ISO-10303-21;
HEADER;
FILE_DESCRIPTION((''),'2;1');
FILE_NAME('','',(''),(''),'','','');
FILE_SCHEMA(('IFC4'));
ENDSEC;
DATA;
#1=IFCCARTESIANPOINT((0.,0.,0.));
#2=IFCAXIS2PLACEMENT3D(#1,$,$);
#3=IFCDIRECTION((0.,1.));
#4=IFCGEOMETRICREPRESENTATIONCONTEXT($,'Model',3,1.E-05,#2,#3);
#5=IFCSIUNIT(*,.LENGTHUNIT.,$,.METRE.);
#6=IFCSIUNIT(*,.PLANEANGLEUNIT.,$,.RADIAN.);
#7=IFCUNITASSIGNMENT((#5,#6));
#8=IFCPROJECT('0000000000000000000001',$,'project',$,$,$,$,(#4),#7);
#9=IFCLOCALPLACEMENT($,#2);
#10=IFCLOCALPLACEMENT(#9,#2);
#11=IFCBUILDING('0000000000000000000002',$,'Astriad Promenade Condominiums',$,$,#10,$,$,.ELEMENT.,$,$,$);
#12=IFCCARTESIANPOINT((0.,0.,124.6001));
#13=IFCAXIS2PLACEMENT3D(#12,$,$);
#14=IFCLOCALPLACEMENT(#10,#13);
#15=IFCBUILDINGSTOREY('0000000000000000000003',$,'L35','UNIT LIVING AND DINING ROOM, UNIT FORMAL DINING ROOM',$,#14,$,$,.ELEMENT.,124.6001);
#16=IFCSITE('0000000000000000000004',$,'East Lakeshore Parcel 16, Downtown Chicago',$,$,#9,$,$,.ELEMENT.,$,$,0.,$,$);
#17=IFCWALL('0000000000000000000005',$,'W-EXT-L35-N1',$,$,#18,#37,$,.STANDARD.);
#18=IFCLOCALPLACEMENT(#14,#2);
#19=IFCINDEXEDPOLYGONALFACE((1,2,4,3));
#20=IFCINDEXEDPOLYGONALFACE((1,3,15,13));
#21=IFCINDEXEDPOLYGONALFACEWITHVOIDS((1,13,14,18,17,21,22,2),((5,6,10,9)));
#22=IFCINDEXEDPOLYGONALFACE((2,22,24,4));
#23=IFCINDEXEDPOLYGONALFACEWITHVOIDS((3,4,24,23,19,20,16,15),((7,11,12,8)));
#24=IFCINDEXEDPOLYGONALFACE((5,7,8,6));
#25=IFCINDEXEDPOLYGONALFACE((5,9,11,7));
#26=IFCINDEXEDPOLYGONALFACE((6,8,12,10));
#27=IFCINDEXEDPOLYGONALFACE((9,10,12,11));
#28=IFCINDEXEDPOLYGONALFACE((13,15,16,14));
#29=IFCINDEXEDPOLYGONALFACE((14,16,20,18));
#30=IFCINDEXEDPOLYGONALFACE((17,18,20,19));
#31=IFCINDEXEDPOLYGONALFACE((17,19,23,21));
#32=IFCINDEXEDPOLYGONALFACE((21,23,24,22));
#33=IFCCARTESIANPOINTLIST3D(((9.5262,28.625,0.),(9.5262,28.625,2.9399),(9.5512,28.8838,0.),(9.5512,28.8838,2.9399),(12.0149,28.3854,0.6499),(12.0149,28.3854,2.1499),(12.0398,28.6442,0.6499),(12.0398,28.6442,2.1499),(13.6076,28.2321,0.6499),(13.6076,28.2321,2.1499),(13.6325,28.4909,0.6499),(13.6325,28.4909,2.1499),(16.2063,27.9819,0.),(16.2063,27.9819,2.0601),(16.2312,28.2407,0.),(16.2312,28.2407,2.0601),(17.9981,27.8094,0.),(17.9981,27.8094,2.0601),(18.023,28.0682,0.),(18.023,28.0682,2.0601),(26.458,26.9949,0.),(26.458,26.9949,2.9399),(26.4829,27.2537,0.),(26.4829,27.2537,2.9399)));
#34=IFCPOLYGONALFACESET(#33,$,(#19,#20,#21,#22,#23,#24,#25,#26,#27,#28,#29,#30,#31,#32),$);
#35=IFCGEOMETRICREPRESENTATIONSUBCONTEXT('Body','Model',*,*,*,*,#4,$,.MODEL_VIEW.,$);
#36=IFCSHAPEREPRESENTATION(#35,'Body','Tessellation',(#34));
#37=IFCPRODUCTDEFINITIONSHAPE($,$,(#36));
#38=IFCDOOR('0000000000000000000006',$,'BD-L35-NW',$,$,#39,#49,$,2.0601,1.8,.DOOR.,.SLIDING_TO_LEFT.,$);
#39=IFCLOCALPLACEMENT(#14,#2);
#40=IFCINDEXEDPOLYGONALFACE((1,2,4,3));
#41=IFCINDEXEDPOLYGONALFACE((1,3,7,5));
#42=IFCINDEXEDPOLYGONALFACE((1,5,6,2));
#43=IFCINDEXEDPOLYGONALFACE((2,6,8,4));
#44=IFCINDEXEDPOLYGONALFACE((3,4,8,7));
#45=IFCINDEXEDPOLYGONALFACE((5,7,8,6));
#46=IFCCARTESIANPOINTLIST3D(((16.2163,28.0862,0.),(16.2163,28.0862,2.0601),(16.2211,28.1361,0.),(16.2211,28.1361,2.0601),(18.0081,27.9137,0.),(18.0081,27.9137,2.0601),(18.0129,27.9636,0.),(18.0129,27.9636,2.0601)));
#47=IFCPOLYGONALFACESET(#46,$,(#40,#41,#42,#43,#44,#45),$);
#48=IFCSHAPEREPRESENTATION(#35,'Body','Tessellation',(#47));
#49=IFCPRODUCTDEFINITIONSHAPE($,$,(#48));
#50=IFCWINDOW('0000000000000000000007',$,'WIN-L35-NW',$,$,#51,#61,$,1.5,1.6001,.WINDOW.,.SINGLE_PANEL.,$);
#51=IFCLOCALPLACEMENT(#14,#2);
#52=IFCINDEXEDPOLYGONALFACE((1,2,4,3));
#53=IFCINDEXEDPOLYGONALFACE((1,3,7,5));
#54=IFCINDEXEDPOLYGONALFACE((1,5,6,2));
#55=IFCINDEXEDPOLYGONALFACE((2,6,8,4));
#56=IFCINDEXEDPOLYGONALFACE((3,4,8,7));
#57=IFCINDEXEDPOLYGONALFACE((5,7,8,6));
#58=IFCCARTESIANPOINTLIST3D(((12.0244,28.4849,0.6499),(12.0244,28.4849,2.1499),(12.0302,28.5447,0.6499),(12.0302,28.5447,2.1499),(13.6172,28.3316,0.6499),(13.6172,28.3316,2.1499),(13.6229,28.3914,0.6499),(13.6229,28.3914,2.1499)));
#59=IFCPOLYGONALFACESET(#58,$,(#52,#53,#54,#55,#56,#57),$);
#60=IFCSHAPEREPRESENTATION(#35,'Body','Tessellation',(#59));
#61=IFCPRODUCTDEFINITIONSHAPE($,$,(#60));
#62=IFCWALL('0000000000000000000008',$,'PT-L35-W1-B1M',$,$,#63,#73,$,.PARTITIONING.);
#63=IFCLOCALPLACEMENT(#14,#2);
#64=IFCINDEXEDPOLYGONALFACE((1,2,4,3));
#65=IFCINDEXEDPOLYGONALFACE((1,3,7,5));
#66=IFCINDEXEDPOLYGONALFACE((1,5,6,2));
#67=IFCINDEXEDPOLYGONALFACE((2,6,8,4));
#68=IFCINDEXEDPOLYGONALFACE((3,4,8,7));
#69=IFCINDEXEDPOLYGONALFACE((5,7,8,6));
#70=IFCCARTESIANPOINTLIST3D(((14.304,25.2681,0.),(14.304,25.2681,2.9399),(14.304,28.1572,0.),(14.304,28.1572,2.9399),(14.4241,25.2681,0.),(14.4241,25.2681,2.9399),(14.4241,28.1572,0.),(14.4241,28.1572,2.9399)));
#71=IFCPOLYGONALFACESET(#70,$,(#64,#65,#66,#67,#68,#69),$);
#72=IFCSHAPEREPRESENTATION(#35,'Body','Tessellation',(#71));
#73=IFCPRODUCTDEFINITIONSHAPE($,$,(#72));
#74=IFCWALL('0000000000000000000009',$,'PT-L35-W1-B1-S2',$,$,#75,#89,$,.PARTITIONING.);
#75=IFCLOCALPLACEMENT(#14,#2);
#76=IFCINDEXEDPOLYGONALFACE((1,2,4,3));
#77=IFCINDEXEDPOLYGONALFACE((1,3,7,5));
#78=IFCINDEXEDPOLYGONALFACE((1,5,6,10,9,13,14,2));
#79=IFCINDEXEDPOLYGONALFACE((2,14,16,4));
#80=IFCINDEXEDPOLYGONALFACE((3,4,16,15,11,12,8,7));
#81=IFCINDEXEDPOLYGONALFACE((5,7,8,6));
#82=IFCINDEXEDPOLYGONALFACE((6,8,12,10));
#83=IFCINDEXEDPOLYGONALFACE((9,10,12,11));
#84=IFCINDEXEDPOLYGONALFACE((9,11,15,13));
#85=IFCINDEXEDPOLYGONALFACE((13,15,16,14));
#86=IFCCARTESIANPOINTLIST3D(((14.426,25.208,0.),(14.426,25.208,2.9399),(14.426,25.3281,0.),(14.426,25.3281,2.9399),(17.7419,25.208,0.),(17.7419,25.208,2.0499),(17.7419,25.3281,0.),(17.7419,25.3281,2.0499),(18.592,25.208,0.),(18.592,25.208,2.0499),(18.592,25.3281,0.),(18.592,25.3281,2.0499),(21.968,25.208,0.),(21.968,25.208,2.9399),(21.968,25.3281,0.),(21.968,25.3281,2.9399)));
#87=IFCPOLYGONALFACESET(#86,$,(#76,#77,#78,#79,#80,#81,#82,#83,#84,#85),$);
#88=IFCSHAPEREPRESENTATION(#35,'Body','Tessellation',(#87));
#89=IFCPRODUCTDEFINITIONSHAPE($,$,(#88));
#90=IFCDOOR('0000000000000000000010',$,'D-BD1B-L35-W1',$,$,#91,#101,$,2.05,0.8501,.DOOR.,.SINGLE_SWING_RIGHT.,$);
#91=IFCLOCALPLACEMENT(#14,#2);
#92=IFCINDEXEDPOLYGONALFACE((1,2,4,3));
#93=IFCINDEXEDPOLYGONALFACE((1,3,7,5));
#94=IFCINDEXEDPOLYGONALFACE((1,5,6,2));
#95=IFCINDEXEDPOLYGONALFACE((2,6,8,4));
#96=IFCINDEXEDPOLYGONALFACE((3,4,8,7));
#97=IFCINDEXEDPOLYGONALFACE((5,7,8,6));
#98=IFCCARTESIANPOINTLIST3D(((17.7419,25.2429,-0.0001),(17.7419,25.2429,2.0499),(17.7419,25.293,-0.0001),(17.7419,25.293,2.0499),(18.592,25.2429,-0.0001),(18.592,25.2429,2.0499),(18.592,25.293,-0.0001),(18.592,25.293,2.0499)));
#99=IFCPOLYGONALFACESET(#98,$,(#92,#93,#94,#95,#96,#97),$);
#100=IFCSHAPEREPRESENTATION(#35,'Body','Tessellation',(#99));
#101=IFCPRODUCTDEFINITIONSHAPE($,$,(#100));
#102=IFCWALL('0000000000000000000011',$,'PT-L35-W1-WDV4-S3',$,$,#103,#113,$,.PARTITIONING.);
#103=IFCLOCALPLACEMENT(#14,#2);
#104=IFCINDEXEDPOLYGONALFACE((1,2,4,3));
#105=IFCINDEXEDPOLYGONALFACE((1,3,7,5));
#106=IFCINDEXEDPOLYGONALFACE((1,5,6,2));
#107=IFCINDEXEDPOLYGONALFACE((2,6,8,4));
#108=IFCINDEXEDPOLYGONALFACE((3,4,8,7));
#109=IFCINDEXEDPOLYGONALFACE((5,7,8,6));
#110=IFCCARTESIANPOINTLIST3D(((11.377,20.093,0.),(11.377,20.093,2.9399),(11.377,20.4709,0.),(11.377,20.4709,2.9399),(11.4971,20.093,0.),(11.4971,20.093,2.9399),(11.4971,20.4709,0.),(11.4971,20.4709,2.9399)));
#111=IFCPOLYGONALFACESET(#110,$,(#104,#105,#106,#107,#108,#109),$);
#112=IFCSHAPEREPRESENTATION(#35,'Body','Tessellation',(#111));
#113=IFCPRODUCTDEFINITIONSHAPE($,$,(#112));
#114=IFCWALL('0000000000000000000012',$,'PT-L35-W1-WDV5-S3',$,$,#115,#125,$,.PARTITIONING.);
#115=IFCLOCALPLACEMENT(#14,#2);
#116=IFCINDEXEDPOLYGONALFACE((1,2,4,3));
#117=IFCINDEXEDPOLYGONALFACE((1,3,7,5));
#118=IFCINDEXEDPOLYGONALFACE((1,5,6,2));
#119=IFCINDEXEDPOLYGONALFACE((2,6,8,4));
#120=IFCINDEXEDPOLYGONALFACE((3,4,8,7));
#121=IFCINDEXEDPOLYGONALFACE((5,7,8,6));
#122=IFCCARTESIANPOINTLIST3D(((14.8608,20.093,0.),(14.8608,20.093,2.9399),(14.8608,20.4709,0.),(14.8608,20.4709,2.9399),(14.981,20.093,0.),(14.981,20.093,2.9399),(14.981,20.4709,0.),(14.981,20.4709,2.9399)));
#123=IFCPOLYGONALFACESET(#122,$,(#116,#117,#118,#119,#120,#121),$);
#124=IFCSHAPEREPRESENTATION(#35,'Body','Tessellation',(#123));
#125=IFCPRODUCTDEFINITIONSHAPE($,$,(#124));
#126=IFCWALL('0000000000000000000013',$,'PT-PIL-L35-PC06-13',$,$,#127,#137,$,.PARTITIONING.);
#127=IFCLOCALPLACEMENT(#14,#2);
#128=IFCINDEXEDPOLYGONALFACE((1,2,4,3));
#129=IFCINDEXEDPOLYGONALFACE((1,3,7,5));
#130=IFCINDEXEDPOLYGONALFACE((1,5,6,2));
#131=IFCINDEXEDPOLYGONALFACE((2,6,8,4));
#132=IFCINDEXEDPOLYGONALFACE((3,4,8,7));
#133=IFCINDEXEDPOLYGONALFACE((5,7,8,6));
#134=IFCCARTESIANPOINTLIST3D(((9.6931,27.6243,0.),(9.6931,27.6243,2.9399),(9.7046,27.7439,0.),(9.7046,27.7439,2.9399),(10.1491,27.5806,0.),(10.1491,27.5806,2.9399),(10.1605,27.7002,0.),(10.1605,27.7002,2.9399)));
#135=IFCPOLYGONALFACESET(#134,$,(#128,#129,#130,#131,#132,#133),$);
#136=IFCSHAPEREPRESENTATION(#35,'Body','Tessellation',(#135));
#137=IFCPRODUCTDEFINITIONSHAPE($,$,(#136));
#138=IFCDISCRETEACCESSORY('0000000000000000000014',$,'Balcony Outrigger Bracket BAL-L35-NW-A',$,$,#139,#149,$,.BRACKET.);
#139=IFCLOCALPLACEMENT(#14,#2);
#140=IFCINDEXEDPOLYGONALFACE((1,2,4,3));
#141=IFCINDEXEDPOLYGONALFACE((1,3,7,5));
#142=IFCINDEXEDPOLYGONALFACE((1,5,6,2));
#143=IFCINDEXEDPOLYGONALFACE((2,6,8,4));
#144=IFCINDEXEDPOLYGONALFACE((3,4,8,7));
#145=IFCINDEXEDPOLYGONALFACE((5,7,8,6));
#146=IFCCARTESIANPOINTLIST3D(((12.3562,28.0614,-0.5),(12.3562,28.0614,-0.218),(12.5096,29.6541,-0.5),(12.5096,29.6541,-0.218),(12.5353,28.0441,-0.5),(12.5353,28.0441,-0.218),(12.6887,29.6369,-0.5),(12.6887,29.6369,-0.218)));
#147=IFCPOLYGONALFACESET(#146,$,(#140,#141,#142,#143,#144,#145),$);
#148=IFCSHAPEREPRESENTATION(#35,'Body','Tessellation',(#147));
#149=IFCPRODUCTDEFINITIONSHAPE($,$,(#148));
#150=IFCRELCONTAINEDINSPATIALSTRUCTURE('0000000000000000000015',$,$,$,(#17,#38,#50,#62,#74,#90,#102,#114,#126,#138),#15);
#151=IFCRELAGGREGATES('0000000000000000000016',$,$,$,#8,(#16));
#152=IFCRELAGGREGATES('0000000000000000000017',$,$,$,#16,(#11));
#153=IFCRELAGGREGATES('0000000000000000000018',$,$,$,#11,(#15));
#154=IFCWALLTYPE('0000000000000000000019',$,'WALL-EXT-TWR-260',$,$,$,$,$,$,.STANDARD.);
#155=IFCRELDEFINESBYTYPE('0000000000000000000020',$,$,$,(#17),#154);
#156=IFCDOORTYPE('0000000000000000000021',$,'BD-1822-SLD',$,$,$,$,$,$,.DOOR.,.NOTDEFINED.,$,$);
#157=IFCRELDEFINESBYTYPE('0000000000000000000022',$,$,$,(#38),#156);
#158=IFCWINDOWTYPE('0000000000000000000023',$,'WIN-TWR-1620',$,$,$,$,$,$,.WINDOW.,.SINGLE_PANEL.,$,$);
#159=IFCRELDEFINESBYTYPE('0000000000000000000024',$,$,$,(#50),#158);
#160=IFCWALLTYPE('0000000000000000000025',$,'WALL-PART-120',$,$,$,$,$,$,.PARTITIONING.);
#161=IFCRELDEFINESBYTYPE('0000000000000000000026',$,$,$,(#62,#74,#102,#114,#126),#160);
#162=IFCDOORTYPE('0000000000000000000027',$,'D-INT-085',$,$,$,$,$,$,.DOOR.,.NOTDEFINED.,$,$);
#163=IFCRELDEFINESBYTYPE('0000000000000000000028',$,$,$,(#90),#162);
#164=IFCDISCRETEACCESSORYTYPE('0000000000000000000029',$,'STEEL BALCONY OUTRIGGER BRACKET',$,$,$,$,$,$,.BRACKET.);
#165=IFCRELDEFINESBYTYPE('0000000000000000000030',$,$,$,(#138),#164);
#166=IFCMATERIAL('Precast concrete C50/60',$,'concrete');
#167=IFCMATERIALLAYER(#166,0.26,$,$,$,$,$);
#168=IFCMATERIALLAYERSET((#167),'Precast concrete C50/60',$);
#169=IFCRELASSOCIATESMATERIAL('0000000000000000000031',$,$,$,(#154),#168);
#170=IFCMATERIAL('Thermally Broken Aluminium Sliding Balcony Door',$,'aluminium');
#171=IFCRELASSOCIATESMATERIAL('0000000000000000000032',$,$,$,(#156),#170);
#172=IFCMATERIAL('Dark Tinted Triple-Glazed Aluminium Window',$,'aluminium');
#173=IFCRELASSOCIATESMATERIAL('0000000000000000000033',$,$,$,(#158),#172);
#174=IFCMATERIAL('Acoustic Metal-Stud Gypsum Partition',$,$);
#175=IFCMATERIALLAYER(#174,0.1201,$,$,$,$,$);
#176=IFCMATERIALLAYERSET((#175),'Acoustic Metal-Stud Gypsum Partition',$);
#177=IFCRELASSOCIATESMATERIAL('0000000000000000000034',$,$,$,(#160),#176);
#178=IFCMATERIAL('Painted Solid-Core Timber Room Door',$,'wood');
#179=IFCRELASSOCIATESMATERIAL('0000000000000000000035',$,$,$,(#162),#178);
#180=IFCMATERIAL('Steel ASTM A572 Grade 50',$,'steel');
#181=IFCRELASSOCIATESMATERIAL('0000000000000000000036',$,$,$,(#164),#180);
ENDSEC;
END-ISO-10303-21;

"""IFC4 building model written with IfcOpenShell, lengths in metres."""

from ifc_helpers import new_model, si_unit, direction, frame, frame_2d, origin, origin_2d, place, context, subcontext, project, spatial, rectangle, extrude, source, transform, mapped, material, layer, layer_set, type_object, type_shapes, element, fill, save


model = new_model("IFC4")

# Units and contexts
model_context = context("Model", 3, precision=1e-05, world=origin(), true_north=direction((0.0, 1.0)))
body_context = subcontext(model_context, "Body", "Model", "MODEL_VIEW")
ifc_project = project(units=[si_unit("LENGTHUNIT", "METRE"), si_unit("PLANEANGLEUNIT", "RADIAN")], contexts=[model_context])

# Site, building, storey
site_placement = place(None, origin())
site = spatial("IfcSite", under=ifc_project, at=site_placement, Name="East Lakeshore Parcel 16, Downtown Chicago", CompositionType="ELEMENT", RefElevation=0.0)
building_placement = place(site_placement, origin())
building = spatial("IfcBuilding", under=site, at=building_placement, Name="Astriad Promenade Condominiums", CompositionType="ELEMENT")
storey_placement = place(building_placement, frame((0.0, 0.0, 124.6001)))
storey = spatial("IfcBuildingStorey", under=building, at=storey_placement, Name="L35", Description="UNIT LIVING AND DINING ROOM, UNIT FORMAL DINING ROOM", CompositionType="ELEMENT", Elevation=124.6001)

# Shared definitions
ifc_material_1 = material(Name="Precast concrete C50/60", Category="concrete")
ifc_layer_1 = layer(ifc_material_1, 0.26)
ifc_layer_set_1 = layer_set([ifc_layer_1], Name="Precast concrete C50/60")
wall_type_1 = type_object("IfcWallType", Name="WALL-EXT-TWR-260", PredefinedType="STANDARD", material=ifc_layer_set_1)

# Wall, openings, door, window
wall_1_placement = place(storey_placement, frame((9.5388, 28.7544, 0.0), z_axis=(0.0, 0.0, 1.0), x_axis=(0.995397, -0.095834, 0.0)))
wall_1 = element("IfcWall", 1, at=wall_1_placement, inside=storey, type_object=wall_type_1, Name="W-EXT-L35-N1", PredefinedType="STANDARD", context=body_context, shape_type="SweptSolid", body=[
    extrude(rectangle(XDim=17.01, YDim=0.26, at=frame_2d((8.5049, 0.0))), origin(), (0.0, 0.0, 1.0), 2.9399),
])
opening_1_placement = place(wall_1_placement, frame((6.7109, 0.0, 0.0)))
opening_1 = element("IfcOpeningElement", 2, at=opening_1_placement, cuts=wall_1, PredefinedType="OPENING", context=body_context, shape_type="SweptSolid", body=[
    extrude(rectangle(XDim=1.8, YDim=2.0601, at=frame_2d((0.8999, 1.03))), frame((0.0, 0.1399, 0.0), z_axis=(0.0, -1.0, 0.0), x_axis=(1.0, 0.0, 0.0)), (0.0, 0.0, 1.0), 0.28),
])
opening_2_placement = place(wall_1_placement, frame((2.5, 0.0, 0.6499)))
opening_2 = element("IfcOpeningElement", 3, at=opening_2_placement, cuts=wall_1, PredefinedType="OPENING", context=body_context, shape_type="SweptSolid", body=[
    extrude(rectangle(XDim=1.6001, YDim=1.5, at=frame_2d((0.8, 0.75))), frame((0.0, 0.1399, 0.0), z_axis=(0.0, -1.0, 0.0), x_axis=(1.0, 0.0, 0.0)), (0.0, 0.0, 1.0), 0.28),
])
ifc_material_2 = material(Name="Thermally Broken Aluminium Sliding Balcony Door", Category="aluminium")
door_type_1 = type_object("IfcDoorType", Name="BD-1822-SLD", OperationType="NOTDEFINED", PredefinedType="DOOR", material=ifc_material_2)
shared_shape_1 = source(origin(), body_context, "Body", "SweptSolid", [
    extrude(rectangle(XDim=1.8, YDim=2.0601, at=frame_2d((0.8999, 1.03))), frame((0.0, 0.0249, 0.0), z_axis=(0.0, -1.0, 0.0), x_axis=(1.0, 0.0, 0.0)), (0.0, 0.0, 1.0), 0.05),
])
type_shapes(door_type_1, [shared_shape_1])
door_1_placement = place(opening_1_placement, origin())
door_1 = element("IfcDoor", 4, at=door_1_placement, inside=storey, type_object=door_type_1, Name="BD-L35-NW", OperationType="SLIDING_TO_LEFT", OverallHeight=2.0601, OverallWidth=1.8, PredefinedType="DOOR", context=body_context, shape_type="MappedRepresentation", body=[
    mapped(shared_shape_1, transform((0.0, 0.0, 0.0), scale=1.0)),
])
fill(opening_1, door_1)
ifc_material_3 = material(Name="Dark Tinted Triple-Glazed Aluminium Window", Category="aluminium")
window_type = type_object("IfcWindowType", Name="WIN-TWR-1620", PartitioningType="SINGLE_PANEL", PredefinedType="WINDOW", material=ifc_material_3)
shared_shape_2 = source(origin(), body_context, "Body", "SweptSolid", [
    extrude(rectangle(XDim=1.6001, YDim=1.5, at=frame_2d((0.8, 0.75))), frame((0.0, 0.03, 0.0), z_axis=(0.0, -1.0, 0.0), x_axis=(1.0, 0.0, 0.0)), (0.0, 0.0, 1.0), 0.0601),
])
type_shapes(window_type, [shared_shape_2])
window_placement = place(opening_2_placement, origin())
window = element("IfcWindow", 5, at=window_placement, inside=storey, type_object=window_type, Name="WIN-L35-NW", OverallHeight=1.5, OverallWidth=1.6001, PartitioningType="SINGLE_PANEL", PredefinedType="WINDOW", context=body_context, shape_type="MappedRepresentation", body=[
    mapped(shared_shape_2, transform((0.0, 0.0, 0.0), scale=1.0)),
])
fill(opening_2, window)

# Wall
ifc_material_4 = material(Name="Acoustic Metal-Stud Gypsum Partition")
ifc_layer_2 = layer(ifc_material_4, 0.1201)
ifc_layer_set_2 = layer_set([ifc_layer_2], Name="Acoustic Metal-Stud Gypsum Partition")
wall_type_2 = type_object("IfcWallType", Name="WALL-PART-120", PredefinedType="PARTITIONING", material=ifc_layer_set_2)
wall_2_placement = place(storey_placement, frame((14.364, 25.2681, 0.0), z_axis=(0.0, 0.0, 1.0), x_axis=(0.0, 1.0, 0.0)))
element("IfcWall", 6, at=wall_2_placement, inside=storey, type_object=wall_type_2, Name="PT-L35-W1-B1M", PredefinedType="PARTITIONING", context=body_context, shape_type="SweptSolid", body=[
    extrude(rectangle(XDim=2.8892, YDim=0.1201, at=frame_2d((1.4446, 0.0))), origin(), (0.0, 0.0, 1.0), 2.9399),
])

# Wall, opening, door
wall_3_placement = place(storey_placement, frame((14.426, 25.2681, 0.0), z_axis=(0.0, 0.0, 1.0), x_axis=(1.0, 0.0, 0.0)))
wall_3 = element("IfcWall", 7, at=wall_3_placement, inside=storey, type_object=wall_type_2, Name="PT-L35-W1-B1-S2", PredefinedType="PARTITIONING", context=body_context, shape_type="SweptSolid", body=[
    extrude(rectangle(XDim=7.542, YDim=0.1201, at=frame_2d((3.771, 0.0))), origin(), (0.0, 0.0, 1.0), 2.9399),
])
opening_3_placement = place(wall_3_placement, frame((3.3159, 0.0, 0.0)))
opening_3 = element("IfcOpeningElement", 8, at=opening_3_placement, cuts=wall_3, PredefinedType="OPENING", context=body_context, shape_type="SweptSolid", body=[
    extrude(rectangle(XDim=0.8501, YDim=2.05, at=frame_2d((0.425, 1.0249))), frame((0.0, 0.0701, 0.0), z_axis=(0.0, -1.0, 0.0), x_axis=(1.0, 0.0, 0.0)), (0.0, 0.0, 1.0), 0.1401),
])
ifc_material_5 = material(Name="Painted Solid-Core Timber Room Door", Category="wood")
door_type_2 = type_object("IfcDoorType", Name="D-INT-085", OperationType="NOTDEFINED", PredefinedType="DOOR", material=ifc_material_5)
shared_shape_3 = source(origin(), body_context, "Body", "SweptSolid", [
    extrude(rectangle(XDim=0.8501, YDim=2.05, at=frame_2d((0.425, 1.0249))), frame((0.0, 0.0249, 0.0), z_axis=(0.0, -1.0, 0.0), x_axis=(1.0, 0.0, 0.0)), (0.0, 0.0, 1.0), 0.05),
])
type_shapes(door_type_2, [shared_shape_3])
door_2_placement = place(opening_3_placement, origin())
door_2 = element("IfcDoor", 9, at=door_2_placement, inside=storey, type_object=door_type_2, Name="D-BD1B-L35-W1", OperationType="SINGLE_SWING_RIGHT", OverallHeight=2.05, OverallWidth=0.8501, PredefinedType="DOOR", context=body_context, shape_type="MappedRepresentation", body=[
    mapped(shared_shape_3, transform((0.0, 0.0, 0.0), scale=1.0)),
])
fill(opening_3, door_2)

# Walls
for number, where, z_axis, x_axis, name in (
    (10, (11.437, 20.093, 0.0), (0.0, 0.0, 1.0), (0.0, 1.0, 0.0), "PT-L35-W1-WDV4-S3"),
    (11, (14.9209, 20.093, 0.0), (0.0, 0.0, 1.0), (0.0, 1.0, 0.0), "PT-L35-W1-WDV5-S3"),
):
    element("IfcWall", number, at=place(storey_placement, frame(where, z_axis=z_axis, x_axis=x_axis)), inside=storey, type_object=wall_type_2, Name=name, PredefinedType="PARTITIONING", context=body_context, shape_type="SweptSolid", body=[
        extrude(rectangle(XDim=0.3779, YDim=0.1201, at=frame_2d((0.189, 0.0))), origin(), (0.0, 0.0, 1.0), 2.9399),
    ])
wall_4_placement = place(storey_placement, frame((10.1548, 27.6404, 0.0), z_axis=(0.0, 0.0, 1.0), x_axis=(-0.995435, 0.095438, 0.0)))
element("IfcWall", 12, at=wall_4_placement, inside=storey, type_object=wall_type_2, Name="PT-PIL-L35-PC06-13", PredefinedType="PARTITIONING", context=body_context, shape_type="SweptSolid", body=[
    extrude(rectangle(XDim=0.458, YDim=0.1201, at=frame_2d((0.229, 0.0))), origin(), (0.0, 0.0, 1.0), 2.9399),
])

# Discrete accessory
ifc_material_6 = material(Name="Steel ASTM A572 Grade 50", Category="steel")
discrete_accessory_type = type_object("IfcDiscreteAccessoryType", Name="STEEL BALCONY OUTRIGGER BRACKET", PredefinedType="BRACKET", material=ifc_material_6)
shared_shape_4 = source(origin(), body_context, "Body", "SweptSolid", [
    extrude(rectangle(XDim=1.6001, YDim=0.1799, at=origin_2d()), origin(), (0.0, 0.0, 1.0), 0.282),
])
type_shapes(discrete_accessory_type, [shared_shape_4])
discrete_accessory_placement = place(storey_placement, frame((12.5225, 28.8491, -0.5), z_axis=(0.0, 0.0, 1.0), x_axis=(0.095846, 0.995396, 0.0)))
element("IfcDiscreteAccessory", 13, at=discrete_accessory_placement, inside=storey, type_object=discrete_accessory_type, Name="Balcony Outrigger Bracket BAL-L35-NW-A", PredefinedType="BRACKET", context=body_context, shape_type="MappedRepresentation", body=[
    mapped(shared_shape_4, transform((0.0, 0.0, 0.0), scale=1.0)),
])

save(model, "model.ifc")
